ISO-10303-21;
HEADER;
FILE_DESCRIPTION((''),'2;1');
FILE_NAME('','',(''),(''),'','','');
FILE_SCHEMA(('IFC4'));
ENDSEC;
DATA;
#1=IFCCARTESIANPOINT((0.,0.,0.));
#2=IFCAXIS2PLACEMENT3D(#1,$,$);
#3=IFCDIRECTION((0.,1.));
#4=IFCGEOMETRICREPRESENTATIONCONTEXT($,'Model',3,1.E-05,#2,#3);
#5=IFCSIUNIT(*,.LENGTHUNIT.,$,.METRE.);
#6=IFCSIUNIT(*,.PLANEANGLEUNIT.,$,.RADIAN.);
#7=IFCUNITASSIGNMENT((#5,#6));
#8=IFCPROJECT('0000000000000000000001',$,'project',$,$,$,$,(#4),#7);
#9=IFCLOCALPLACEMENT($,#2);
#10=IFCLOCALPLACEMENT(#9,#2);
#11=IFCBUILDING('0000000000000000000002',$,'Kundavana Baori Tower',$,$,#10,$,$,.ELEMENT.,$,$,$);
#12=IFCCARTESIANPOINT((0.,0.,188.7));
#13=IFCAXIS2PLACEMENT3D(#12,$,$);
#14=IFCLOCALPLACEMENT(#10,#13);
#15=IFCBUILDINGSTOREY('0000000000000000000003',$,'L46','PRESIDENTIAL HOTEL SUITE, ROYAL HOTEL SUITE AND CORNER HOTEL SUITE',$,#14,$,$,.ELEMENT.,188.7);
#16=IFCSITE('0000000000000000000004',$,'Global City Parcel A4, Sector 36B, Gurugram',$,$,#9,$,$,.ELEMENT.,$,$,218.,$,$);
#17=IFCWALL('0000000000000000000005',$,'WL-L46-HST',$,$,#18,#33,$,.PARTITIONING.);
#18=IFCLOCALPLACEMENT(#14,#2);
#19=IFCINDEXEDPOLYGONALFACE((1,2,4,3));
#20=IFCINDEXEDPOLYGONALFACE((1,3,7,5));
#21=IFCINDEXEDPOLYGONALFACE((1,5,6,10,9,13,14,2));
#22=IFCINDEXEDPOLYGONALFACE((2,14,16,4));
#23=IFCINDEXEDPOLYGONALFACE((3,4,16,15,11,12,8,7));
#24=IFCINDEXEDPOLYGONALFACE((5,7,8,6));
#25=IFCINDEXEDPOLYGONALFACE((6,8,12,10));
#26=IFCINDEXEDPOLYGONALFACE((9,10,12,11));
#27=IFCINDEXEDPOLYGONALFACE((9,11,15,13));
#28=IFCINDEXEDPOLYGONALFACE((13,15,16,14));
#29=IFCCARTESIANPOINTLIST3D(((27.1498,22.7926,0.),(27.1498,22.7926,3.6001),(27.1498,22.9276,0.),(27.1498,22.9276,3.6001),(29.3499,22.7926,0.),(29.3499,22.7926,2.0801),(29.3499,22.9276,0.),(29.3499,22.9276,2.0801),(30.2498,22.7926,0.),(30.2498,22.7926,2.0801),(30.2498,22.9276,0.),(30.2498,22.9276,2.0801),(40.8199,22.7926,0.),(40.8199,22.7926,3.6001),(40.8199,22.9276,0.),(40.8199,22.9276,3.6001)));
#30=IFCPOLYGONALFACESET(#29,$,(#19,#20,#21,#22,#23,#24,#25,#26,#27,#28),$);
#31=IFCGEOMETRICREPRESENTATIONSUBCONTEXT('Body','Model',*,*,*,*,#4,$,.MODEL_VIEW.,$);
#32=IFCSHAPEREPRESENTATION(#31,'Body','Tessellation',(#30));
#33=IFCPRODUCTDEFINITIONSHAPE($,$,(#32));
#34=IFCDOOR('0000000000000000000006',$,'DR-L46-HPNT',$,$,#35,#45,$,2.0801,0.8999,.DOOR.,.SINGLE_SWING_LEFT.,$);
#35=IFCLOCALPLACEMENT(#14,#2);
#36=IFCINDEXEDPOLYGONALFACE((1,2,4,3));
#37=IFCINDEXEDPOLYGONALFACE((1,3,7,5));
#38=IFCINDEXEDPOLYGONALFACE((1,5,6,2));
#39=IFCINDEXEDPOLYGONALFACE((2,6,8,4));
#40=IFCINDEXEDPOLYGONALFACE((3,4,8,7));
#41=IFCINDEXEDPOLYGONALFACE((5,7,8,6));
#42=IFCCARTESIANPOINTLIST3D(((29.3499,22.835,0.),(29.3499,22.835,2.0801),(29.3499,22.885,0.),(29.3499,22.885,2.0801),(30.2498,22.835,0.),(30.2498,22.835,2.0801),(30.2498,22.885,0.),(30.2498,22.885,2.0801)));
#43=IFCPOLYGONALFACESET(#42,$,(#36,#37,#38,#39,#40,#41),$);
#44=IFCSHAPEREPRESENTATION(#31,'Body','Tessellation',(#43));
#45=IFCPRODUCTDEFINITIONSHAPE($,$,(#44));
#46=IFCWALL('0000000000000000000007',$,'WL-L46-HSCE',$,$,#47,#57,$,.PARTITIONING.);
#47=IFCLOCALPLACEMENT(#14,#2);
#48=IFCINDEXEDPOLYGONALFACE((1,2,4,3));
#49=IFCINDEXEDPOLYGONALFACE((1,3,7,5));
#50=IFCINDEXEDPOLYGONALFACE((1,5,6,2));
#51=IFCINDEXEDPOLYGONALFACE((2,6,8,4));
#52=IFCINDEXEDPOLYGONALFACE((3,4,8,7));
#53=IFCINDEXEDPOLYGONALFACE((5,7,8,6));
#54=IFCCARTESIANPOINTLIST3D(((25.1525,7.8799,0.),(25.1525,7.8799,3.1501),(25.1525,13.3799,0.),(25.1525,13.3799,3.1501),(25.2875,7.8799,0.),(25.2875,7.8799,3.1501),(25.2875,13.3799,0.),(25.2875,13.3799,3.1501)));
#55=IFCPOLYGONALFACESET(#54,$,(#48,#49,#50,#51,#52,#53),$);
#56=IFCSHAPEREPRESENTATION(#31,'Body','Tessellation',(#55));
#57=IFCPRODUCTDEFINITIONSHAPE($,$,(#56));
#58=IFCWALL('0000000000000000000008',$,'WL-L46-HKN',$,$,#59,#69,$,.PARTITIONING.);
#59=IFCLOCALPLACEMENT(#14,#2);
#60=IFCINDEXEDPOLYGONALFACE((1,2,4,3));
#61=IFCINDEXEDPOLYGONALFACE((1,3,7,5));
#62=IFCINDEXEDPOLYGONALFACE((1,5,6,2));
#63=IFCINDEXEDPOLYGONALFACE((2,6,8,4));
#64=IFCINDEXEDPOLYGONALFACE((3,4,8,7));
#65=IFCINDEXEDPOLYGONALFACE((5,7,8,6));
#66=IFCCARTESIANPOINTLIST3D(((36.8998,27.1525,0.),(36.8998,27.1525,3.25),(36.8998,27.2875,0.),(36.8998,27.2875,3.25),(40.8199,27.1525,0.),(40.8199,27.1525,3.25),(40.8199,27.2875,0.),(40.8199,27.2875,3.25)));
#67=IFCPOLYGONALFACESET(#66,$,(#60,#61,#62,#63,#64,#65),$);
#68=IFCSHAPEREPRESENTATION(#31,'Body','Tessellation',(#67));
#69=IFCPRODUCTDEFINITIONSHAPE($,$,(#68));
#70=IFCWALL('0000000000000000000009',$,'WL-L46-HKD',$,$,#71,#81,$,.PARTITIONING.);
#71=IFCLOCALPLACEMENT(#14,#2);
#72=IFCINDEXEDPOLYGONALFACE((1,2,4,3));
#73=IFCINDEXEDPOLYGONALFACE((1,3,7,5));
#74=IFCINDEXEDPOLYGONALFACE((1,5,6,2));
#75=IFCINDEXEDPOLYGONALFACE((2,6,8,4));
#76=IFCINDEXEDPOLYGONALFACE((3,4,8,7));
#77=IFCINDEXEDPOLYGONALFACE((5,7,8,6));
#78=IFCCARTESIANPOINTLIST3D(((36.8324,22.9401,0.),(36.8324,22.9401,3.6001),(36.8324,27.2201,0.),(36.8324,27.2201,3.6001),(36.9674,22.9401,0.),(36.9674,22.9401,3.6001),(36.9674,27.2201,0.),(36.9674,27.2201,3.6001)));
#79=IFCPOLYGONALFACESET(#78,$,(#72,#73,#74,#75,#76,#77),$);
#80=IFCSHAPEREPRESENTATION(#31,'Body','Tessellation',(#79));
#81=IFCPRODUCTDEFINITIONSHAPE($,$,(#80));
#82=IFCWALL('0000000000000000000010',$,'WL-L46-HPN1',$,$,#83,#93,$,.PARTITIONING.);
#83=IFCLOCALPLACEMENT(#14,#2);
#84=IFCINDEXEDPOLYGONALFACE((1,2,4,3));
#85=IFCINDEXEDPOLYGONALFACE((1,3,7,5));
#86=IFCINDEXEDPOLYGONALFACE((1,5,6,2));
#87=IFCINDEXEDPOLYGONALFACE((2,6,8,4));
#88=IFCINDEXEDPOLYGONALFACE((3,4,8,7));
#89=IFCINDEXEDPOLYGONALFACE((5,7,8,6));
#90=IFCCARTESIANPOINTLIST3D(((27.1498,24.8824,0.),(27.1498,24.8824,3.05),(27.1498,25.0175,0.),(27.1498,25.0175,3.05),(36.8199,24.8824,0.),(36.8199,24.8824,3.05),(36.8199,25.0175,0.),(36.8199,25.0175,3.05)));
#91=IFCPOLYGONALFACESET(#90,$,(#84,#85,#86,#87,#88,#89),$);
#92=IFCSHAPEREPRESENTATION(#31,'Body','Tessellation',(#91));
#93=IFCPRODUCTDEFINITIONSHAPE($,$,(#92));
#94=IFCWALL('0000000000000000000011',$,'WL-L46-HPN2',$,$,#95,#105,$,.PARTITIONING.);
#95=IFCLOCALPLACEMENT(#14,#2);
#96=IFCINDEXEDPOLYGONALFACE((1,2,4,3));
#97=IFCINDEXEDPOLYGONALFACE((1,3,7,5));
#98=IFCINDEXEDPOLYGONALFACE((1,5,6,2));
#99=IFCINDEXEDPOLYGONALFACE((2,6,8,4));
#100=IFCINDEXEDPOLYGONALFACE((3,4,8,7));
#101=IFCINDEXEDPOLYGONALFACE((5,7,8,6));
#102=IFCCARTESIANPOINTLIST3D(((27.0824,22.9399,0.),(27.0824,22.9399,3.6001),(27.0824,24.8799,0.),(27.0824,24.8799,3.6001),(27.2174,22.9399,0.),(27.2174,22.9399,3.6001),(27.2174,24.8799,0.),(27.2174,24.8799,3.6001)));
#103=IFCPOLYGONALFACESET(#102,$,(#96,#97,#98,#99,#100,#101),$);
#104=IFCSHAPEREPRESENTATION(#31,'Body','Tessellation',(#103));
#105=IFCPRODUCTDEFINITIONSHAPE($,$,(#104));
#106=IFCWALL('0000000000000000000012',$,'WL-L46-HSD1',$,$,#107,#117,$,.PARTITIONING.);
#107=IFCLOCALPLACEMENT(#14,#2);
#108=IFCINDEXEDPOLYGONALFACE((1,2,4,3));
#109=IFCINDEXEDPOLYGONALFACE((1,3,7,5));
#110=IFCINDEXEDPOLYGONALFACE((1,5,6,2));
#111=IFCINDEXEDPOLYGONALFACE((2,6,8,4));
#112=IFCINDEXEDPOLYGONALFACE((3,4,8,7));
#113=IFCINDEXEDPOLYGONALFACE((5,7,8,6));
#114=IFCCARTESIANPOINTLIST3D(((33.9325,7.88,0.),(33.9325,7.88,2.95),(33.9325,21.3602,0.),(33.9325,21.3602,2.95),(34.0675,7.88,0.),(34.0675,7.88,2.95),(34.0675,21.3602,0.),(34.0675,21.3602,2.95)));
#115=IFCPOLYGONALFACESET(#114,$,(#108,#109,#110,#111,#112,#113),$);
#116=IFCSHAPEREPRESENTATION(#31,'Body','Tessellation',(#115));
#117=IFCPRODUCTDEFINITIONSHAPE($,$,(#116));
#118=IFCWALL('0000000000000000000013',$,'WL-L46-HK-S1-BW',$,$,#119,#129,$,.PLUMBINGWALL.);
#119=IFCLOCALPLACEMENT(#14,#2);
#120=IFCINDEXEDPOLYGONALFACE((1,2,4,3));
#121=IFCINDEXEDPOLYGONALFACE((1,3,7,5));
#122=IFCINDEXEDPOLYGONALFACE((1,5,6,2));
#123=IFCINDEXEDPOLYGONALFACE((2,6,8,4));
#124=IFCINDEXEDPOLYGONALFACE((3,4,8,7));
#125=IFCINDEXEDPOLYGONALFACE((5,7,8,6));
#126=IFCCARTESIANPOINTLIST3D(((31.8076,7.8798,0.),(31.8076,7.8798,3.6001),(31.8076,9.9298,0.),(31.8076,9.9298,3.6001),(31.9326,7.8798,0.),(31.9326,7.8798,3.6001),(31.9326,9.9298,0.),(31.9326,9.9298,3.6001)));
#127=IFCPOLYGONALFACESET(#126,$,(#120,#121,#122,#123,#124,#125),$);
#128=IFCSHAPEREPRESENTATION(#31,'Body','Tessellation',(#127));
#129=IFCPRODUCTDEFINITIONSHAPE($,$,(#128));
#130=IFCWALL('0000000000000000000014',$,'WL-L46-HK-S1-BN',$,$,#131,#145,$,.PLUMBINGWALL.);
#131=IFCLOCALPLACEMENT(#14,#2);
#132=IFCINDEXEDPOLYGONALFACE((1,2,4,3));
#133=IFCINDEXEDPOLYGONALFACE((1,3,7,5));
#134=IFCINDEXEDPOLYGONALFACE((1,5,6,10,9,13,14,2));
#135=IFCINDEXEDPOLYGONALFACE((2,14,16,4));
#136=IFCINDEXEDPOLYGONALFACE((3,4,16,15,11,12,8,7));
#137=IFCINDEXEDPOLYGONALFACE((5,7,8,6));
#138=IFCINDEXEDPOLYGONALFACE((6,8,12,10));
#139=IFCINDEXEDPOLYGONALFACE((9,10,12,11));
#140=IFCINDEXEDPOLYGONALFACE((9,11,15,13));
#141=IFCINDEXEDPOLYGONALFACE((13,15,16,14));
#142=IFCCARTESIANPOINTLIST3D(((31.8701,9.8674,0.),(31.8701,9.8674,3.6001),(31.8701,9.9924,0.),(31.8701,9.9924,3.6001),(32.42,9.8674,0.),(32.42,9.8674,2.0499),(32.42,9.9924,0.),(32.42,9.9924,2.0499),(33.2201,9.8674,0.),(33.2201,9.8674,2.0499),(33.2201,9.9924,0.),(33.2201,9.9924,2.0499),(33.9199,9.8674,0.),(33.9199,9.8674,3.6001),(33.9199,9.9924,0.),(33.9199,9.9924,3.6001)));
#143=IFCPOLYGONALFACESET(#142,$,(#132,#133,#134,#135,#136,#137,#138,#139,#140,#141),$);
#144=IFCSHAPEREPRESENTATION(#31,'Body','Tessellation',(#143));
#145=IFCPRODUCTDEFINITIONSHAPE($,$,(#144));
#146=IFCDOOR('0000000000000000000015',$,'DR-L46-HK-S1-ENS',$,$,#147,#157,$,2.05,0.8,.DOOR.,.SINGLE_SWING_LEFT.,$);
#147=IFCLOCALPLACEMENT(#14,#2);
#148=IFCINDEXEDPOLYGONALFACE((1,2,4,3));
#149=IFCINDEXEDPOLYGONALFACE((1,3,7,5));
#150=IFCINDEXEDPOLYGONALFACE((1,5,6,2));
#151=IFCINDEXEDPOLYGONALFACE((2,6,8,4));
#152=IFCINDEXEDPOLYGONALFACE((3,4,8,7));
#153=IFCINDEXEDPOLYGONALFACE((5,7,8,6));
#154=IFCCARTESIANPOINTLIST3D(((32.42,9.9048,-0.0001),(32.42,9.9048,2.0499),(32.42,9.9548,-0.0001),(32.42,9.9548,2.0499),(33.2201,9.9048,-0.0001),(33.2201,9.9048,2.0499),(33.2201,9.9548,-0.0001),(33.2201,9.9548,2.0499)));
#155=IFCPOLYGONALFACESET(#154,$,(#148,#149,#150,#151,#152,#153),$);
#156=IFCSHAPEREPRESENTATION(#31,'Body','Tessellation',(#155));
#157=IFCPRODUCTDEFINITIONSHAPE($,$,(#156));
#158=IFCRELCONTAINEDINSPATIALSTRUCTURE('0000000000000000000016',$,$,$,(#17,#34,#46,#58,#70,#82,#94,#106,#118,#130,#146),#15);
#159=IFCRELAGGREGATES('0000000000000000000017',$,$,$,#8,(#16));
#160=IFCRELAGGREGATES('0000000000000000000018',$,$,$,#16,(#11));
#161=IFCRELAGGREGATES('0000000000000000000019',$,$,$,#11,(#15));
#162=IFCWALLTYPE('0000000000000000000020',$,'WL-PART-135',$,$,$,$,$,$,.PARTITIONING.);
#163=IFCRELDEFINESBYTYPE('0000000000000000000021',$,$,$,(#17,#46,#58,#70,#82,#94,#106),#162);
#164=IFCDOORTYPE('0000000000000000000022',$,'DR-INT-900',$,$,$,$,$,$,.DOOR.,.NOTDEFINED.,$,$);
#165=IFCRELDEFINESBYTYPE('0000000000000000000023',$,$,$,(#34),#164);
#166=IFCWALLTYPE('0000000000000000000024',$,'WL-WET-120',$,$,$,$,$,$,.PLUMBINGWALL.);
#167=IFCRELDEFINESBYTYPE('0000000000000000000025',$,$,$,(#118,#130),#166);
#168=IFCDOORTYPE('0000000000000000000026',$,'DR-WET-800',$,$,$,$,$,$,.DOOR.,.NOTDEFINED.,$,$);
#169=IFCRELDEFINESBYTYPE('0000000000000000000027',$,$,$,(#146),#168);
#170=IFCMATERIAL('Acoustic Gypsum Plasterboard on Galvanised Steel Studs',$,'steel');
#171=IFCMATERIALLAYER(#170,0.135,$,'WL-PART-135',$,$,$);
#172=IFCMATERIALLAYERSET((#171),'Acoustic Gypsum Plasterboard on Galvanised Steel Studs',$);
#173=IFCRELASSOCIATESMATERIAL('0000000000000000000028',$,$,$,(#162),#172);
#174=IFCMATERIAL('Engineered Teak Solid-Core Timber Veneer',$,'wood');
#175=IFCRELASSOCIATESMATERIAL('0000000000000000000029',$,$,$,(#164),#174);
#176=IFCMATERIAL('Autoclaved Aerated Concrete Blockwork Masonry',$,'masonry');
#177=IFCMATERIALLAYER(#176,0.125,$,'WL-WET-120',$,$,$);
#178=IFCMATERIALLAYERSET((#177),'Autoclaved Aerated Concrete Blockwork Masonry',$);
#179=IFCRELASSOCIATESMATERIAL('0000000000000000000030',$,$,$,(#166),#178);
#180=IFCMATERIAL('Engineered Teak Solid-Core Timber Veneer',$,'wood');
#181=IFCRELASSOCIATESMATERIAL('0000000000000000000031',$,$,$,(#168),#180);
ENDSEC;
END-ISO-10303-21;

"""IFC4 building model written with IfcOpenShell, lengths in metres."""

from ifc_helpers import new_model, si_unit, direction, frame, frame_2d, origin, place, context, subcontext, project, spatial, rectangle, extrude, material, layer, layer_set, type_object, element, fill, save


model = new_model("IFC4")

# Units and contexts
model_context = context("Model", 3, precision=1e-05, world=origin(), true_north=direction((0.0, 1.0)))
body_context = subcontext(model_context, "Body", "Model", "MODEL_VIEW")
ifc_project = project(units=[si_unit("LENGTHUNIT", "METRE"), si_unit("PLANEANGLEUNIT", "RADIAN")], contexts=[model_context])

# Site, building, storey
site_placement = place(None, origin())
site = spatial("IfcSite", under=ifc_project, at=site_placement, Name="Global City Parcel A4, Sector 36B, Gurugram", CompositionType="ELEMENT", RefElevation=218.0)
building_placement = place(site_placement, origin())
building = spatial("IfcBuilding", under=site, at=building_placement, Name="Kundavana Baori Tower", CompositionType="ELEMENT")
storey_placement = place(building_placement, frame((0.0, 0.0, 188.7)))
storey = spatial("IfcBuildingStorey", under=building, at=storey_placement, Name="L46", Description="PRESIDENTIAL HOTEL SUITE, ROYAL HOTEL SUITE AND CORNER HOTEL SUITE", CompositionType="ELEMENT", Elevation=188.7)

# Shared definitions
ifc_material_1 = material(Name="Acoustic Gypsum Plasterboard on Galvanised Steel Studs", Category="steel")
ifc_layer_1 = layer(ifc_material_1, 0.135, Name="WL-PART-135")
ifc_layer_set_1 = layer_set([ifc_layer_1], Name="Acoustic Gypsum Plasterboard on Galvanised Steel Studs")
wall_type_1 = type_object("IfcWallType", Name="WL-PART-135", PredefinedType="PARTITIONING", material=ifc_layer_set_1)

# Wall, opening, door
wall_1_placement = place(storey_placement, frame((27.1499, 22.8601, 0.0), z_axis=(0.0, 0.0, 1.0), x_axis=(1.0, 0.0, 0.0)))
wall_1 = element("IfcWall", 1, at=wall_1_placement, inside=storey, type_object=wall_type_1, Name="WL-L46-HST", PredefinedType="PARTITIONING", context=body_context, shape_type="SweptSolid", body=[
    extrude(rectangle(XDim=13.6702, YDim=0.135, at=frame_2d((6.835, 0.0))), origin(), (0.0, 0.0, 1.0), 3.6001),
])
opening_1_placement = place(wall_1_placement, frame((2.2, 0.0, 0.0)))
opening_1 = element("IfcOpeningElement", 2, at=opening_1_placement, cuts=wall_1, PredefinedType="OPENING", context=body_context, shape_type="SweptSolid", body=[
    extrude(rectangle(XDim=0.8999, YDim=2.0801, at=frame_2d((0.45, 1.04))), frame((0.0, 0.0776, 0.0), z_axis=(0.0, -1.0, 0.0), x_axis=(1.0, 0.0, 0.0)), (0.0, 0.0, 1.0), 0.155),
])
ifc_material_2 = material(Name="Engineered Teak Solid-Core Timber Veneer", Category="wood")
door_type_1 = type_object("IfcDoorType", Name="DR-INT-900", OperationType="NOTDEFINED", PredefinedType="DOOR", material=ifc_material_2)
door_1_placement = place(opening_1_placement, origin())
door_1 = element("IfcDoor", 3, at=door_1_placement, inside=storey, type_object=door_type_1, Name="DR-L46-HPNT", OperationType="SINGLE_SWING_LEFT", OverallHeight=2.0801, OverallWidth=0.8999, PredefinedType="DOOR", context=body_context, shape_type="SweptSolid", body=[
    extrude(rectangle(XDim=0.8999, YDim=2.0801, at=frame_2d((0.45, 1.04))), frame((0.0, 0.0249, 0.0), z_axis=(0.0, -1.0, 0.0), x_axis=(1.0, 0.0, 0.0)), (0.0, 0.0, 1.0), 0.05),
])
fill(opening_1, door_1)

# Walls
wall_2_placement = place(storey_placement, frame((25.22, 7.8799, 0.0), z_axis=(0.0, 0.0, 1.0), x_axis=(0.0, 1.0, 0.0)))
element("IfcWall", 4, at=wall_2_placement, inside=storey, type_object=wall_type_1, Name="WL-L46-HSCE", PredefinedType="PARTITIONING", context=body_context, shape_type="SweptSolid", body=[
    extrude(rectangle(XDim=5.5, YDim=0.135, at=frame_2d((2.75, 0.0))), origin(), (0.0, 0.0, 1.0), 3.1501),
])
wall_3_placement = place(storey_placement, frame((36.8999, 27.22, 0.0), z_axis=(0.0, 0.0, 1.0), x_axis=(1.0, 0.0, 0.0)))
element("IfcWall", 5, at=wall_3_placement, inside=storey, type_object=wall_type_1, Name="WL-L46-HKN", PredefinedType="PARTITIONING", context=body_context, shape_type="SweptSolid", body=[
    extrude(rectangle(XDim=3.9202, YDim=0.135, at=frame_2d((1.96, 0.0))), origin(), (0.0, 0.0, 1.0), 3.25),
])
wall_4_placement = place(storey_placement, frame((36.8999, 22.9399, 0.0), z_axis=(0.0, 0.0, 1.0), x_axis=(0.0, 1.0, 0.0)))
element("IfcWall", 6, at=wall_4_placement, inside=storey, type_object=wall_type_1, Name="WL-L46-HKD", PredefinedType="PARTITIONING", context=body_context, shape_type="SweptSolid", body=[
    extrude(rectangle(XDim=4.28, YDim=0.135, at=frame_2d((2.1401, 0.0))), origin(), (0.0, 0.0, 1.0), 3.6001),
])
wall_5_placement = place(storey_placement, frame((27.1499, 24.95, 0.0), z_axis=(0.0, 0.0, 1.0), x_axis=(1.0, 0.0, 0.0)))
element("IfcWall", 7, at=wall_5_placement, inside=storey, type_object=wall_type_1, Name="WL-L46-HPN1", PredefinedType="PARTITIONING", context=body_context, shape_type="SweptSolid", body=[
    extrude(rectangle(XDim=9.6702, YDim=0.135, at=frame_2d((4.835, 0.0))), origin(), (0.0, 0.0, 1.0), 3.05),
])
wall_6_placement = place(storey_placement, frame((27.1499, 22.9399, 0.0), z_axis=(0.0, 0.0, 1.0), x_axis=(0.0, 1.0, 0.0)))
element("IfcWall", 8, at=wall_6_placement, inside=storey, type_object=wall_type_1, Name="WL-L46-HPN2", PredefinedType="PARTITIONING", context=body_context, shape_type="SweptSolid", body=[
    extrude(rectangle(XDim=1.9399, YDim=0.135, at=frame_2d((0.97, 0.0))), origin(), (0.0, 0.0, 1.0), 3.6001),
])
wall_7_placement = place(storey_placement, frame((34.0, 7.8799, 0.0), z_axis=(0.0, 0.0, 1.0), x_axis=(0.0, 1.0, 0.0)))
element("IfcWall", 9, at=wall_7_placement, inside=storey, type_object=wall_type_1, Name="WL-L46-HSD1", PredefinedType="PARTITIONING", context=body_context, shape_type="SweptSolid", body=[
    extrude(rectangle(XDim=13.4802, YDim=0.135, at=frame_2d((6.7402, 0.0))), origin(), (0.0, 0.0, 1.0), 2.95),
])
ifc_material_3 = material(Name="Autoclaved Aerated Concrete Blockwork Masonry", Category="masonry")
ifc_layer_2 = layer(ifc_material_3, 0.125, Name="WL-WET-120")
ifc_layer_set_2 = layer_set([ifc_layer_2], Name="Autoclaved Aerated Concrete Blockwork Masonry")
wall_type_2 = type_object("IfcWallType", Name="WL-WET-120", PredefinedType="PLUMBINGWALL", material=ifc_layer_set_2)
wall_8_placement = place(storey_placement, frame((31.8701, 7.8799, 0.0), z_axis=(0.0, 0.0, 1.0), x_axis=(0.0, 1.0, 0.0)))
element("IfcWall", 10, at=wall_8_placement, inside=storey, type_object=wall_type_2, Name="WL-L46-HK-S1-BW", PredefinedType="PLUMBINGWALL", context=body_context, shape_type="SweptSolid", body=[
    extrude(rectangle(XDim=2.05, YDim=0.125, at=frame_2d((1.0249, 0.0))), origin(), (0.0, 0.0, 1.0), 3.6001),
])

# Wall, opening, door
wall_9_placement = place(storey_placement, frame((31.8701, 9.9299, 0.0), z_axis=(0.0, 0.0, 1.0), x_axis=(1.0, 0.0, 0.0)))
wall_9 = element("IfcWall", 11, at=wall_9_placement, inside=storey, type_object=wall_type_2, Name="WL-L46-HK-S1-BN", PredefinedType="PLUMBINGWALL", context=body_context, shape_type="SweptSolid", body=[
    extrude(rectangle(XDim=2.0498, YDim=0.125, at=frame_2d((1.0249, 0.0))), origin(), (0.0, 0.0, 1.0), 3.6001),
])
opening_2_placement = place(wall_9_placement, frame((0.55, 0.0, 0.0)))
opening_2 = element("IfcOpeningElement", 12, at=opening_2_placement, cuts=wall_9, PredefinedType="OPENING", context=body_context, shape_type="SweptSolid", body=[
    extrude(rectangle(XDim=0.8, YDim=2.05, at=frame_2d((0.3999, 1.0249))), frame((0.0, 0.0725, 0.0), z_axis=(0.0, -1.0, 0.0), x_axis=(1.0, 0.0, 0.0)), (0.0, 0.0, 1.0), 0.145),
])
ifc_material_4 = material(Name="Engineered Teak Solid-Core Timber Veneer", Category="wood")
door_type_2 = type_object("IfcDoorType", Name="DR-WET-800", OperationType="NOTDEFINED", PredefinedType="DOOR", material=ifc_material_4)
door_2_placement = place(opening_2_placement, origin())
door_2 = element("IfcDoor", 13, at=door_2_placement, inside=storey, type_object=door_type_2, Name="DR-L46-HK-S1-ENS", OperationType="SINGLE_SWING_LEFT", OverallHeight=2.05, OverallWidth=0.8, PredefinedType="DOOR", context=body_context, shape_type="SweptSolid", body=[
    extrude(rectangle(XDim=0.8, YDim=2.05, at=frame_2d((0.3999, 1.0249))), frame((0.0, 0.0249, 0.0), z_axis=(0.0, -1.0, 0.0), x_axis=(1.0, 0.0, 0.0)), (0.0, 0.0, 1.0), 0.05),
])
fill(opening_2, door_2)

save(model, "model.ifc")
